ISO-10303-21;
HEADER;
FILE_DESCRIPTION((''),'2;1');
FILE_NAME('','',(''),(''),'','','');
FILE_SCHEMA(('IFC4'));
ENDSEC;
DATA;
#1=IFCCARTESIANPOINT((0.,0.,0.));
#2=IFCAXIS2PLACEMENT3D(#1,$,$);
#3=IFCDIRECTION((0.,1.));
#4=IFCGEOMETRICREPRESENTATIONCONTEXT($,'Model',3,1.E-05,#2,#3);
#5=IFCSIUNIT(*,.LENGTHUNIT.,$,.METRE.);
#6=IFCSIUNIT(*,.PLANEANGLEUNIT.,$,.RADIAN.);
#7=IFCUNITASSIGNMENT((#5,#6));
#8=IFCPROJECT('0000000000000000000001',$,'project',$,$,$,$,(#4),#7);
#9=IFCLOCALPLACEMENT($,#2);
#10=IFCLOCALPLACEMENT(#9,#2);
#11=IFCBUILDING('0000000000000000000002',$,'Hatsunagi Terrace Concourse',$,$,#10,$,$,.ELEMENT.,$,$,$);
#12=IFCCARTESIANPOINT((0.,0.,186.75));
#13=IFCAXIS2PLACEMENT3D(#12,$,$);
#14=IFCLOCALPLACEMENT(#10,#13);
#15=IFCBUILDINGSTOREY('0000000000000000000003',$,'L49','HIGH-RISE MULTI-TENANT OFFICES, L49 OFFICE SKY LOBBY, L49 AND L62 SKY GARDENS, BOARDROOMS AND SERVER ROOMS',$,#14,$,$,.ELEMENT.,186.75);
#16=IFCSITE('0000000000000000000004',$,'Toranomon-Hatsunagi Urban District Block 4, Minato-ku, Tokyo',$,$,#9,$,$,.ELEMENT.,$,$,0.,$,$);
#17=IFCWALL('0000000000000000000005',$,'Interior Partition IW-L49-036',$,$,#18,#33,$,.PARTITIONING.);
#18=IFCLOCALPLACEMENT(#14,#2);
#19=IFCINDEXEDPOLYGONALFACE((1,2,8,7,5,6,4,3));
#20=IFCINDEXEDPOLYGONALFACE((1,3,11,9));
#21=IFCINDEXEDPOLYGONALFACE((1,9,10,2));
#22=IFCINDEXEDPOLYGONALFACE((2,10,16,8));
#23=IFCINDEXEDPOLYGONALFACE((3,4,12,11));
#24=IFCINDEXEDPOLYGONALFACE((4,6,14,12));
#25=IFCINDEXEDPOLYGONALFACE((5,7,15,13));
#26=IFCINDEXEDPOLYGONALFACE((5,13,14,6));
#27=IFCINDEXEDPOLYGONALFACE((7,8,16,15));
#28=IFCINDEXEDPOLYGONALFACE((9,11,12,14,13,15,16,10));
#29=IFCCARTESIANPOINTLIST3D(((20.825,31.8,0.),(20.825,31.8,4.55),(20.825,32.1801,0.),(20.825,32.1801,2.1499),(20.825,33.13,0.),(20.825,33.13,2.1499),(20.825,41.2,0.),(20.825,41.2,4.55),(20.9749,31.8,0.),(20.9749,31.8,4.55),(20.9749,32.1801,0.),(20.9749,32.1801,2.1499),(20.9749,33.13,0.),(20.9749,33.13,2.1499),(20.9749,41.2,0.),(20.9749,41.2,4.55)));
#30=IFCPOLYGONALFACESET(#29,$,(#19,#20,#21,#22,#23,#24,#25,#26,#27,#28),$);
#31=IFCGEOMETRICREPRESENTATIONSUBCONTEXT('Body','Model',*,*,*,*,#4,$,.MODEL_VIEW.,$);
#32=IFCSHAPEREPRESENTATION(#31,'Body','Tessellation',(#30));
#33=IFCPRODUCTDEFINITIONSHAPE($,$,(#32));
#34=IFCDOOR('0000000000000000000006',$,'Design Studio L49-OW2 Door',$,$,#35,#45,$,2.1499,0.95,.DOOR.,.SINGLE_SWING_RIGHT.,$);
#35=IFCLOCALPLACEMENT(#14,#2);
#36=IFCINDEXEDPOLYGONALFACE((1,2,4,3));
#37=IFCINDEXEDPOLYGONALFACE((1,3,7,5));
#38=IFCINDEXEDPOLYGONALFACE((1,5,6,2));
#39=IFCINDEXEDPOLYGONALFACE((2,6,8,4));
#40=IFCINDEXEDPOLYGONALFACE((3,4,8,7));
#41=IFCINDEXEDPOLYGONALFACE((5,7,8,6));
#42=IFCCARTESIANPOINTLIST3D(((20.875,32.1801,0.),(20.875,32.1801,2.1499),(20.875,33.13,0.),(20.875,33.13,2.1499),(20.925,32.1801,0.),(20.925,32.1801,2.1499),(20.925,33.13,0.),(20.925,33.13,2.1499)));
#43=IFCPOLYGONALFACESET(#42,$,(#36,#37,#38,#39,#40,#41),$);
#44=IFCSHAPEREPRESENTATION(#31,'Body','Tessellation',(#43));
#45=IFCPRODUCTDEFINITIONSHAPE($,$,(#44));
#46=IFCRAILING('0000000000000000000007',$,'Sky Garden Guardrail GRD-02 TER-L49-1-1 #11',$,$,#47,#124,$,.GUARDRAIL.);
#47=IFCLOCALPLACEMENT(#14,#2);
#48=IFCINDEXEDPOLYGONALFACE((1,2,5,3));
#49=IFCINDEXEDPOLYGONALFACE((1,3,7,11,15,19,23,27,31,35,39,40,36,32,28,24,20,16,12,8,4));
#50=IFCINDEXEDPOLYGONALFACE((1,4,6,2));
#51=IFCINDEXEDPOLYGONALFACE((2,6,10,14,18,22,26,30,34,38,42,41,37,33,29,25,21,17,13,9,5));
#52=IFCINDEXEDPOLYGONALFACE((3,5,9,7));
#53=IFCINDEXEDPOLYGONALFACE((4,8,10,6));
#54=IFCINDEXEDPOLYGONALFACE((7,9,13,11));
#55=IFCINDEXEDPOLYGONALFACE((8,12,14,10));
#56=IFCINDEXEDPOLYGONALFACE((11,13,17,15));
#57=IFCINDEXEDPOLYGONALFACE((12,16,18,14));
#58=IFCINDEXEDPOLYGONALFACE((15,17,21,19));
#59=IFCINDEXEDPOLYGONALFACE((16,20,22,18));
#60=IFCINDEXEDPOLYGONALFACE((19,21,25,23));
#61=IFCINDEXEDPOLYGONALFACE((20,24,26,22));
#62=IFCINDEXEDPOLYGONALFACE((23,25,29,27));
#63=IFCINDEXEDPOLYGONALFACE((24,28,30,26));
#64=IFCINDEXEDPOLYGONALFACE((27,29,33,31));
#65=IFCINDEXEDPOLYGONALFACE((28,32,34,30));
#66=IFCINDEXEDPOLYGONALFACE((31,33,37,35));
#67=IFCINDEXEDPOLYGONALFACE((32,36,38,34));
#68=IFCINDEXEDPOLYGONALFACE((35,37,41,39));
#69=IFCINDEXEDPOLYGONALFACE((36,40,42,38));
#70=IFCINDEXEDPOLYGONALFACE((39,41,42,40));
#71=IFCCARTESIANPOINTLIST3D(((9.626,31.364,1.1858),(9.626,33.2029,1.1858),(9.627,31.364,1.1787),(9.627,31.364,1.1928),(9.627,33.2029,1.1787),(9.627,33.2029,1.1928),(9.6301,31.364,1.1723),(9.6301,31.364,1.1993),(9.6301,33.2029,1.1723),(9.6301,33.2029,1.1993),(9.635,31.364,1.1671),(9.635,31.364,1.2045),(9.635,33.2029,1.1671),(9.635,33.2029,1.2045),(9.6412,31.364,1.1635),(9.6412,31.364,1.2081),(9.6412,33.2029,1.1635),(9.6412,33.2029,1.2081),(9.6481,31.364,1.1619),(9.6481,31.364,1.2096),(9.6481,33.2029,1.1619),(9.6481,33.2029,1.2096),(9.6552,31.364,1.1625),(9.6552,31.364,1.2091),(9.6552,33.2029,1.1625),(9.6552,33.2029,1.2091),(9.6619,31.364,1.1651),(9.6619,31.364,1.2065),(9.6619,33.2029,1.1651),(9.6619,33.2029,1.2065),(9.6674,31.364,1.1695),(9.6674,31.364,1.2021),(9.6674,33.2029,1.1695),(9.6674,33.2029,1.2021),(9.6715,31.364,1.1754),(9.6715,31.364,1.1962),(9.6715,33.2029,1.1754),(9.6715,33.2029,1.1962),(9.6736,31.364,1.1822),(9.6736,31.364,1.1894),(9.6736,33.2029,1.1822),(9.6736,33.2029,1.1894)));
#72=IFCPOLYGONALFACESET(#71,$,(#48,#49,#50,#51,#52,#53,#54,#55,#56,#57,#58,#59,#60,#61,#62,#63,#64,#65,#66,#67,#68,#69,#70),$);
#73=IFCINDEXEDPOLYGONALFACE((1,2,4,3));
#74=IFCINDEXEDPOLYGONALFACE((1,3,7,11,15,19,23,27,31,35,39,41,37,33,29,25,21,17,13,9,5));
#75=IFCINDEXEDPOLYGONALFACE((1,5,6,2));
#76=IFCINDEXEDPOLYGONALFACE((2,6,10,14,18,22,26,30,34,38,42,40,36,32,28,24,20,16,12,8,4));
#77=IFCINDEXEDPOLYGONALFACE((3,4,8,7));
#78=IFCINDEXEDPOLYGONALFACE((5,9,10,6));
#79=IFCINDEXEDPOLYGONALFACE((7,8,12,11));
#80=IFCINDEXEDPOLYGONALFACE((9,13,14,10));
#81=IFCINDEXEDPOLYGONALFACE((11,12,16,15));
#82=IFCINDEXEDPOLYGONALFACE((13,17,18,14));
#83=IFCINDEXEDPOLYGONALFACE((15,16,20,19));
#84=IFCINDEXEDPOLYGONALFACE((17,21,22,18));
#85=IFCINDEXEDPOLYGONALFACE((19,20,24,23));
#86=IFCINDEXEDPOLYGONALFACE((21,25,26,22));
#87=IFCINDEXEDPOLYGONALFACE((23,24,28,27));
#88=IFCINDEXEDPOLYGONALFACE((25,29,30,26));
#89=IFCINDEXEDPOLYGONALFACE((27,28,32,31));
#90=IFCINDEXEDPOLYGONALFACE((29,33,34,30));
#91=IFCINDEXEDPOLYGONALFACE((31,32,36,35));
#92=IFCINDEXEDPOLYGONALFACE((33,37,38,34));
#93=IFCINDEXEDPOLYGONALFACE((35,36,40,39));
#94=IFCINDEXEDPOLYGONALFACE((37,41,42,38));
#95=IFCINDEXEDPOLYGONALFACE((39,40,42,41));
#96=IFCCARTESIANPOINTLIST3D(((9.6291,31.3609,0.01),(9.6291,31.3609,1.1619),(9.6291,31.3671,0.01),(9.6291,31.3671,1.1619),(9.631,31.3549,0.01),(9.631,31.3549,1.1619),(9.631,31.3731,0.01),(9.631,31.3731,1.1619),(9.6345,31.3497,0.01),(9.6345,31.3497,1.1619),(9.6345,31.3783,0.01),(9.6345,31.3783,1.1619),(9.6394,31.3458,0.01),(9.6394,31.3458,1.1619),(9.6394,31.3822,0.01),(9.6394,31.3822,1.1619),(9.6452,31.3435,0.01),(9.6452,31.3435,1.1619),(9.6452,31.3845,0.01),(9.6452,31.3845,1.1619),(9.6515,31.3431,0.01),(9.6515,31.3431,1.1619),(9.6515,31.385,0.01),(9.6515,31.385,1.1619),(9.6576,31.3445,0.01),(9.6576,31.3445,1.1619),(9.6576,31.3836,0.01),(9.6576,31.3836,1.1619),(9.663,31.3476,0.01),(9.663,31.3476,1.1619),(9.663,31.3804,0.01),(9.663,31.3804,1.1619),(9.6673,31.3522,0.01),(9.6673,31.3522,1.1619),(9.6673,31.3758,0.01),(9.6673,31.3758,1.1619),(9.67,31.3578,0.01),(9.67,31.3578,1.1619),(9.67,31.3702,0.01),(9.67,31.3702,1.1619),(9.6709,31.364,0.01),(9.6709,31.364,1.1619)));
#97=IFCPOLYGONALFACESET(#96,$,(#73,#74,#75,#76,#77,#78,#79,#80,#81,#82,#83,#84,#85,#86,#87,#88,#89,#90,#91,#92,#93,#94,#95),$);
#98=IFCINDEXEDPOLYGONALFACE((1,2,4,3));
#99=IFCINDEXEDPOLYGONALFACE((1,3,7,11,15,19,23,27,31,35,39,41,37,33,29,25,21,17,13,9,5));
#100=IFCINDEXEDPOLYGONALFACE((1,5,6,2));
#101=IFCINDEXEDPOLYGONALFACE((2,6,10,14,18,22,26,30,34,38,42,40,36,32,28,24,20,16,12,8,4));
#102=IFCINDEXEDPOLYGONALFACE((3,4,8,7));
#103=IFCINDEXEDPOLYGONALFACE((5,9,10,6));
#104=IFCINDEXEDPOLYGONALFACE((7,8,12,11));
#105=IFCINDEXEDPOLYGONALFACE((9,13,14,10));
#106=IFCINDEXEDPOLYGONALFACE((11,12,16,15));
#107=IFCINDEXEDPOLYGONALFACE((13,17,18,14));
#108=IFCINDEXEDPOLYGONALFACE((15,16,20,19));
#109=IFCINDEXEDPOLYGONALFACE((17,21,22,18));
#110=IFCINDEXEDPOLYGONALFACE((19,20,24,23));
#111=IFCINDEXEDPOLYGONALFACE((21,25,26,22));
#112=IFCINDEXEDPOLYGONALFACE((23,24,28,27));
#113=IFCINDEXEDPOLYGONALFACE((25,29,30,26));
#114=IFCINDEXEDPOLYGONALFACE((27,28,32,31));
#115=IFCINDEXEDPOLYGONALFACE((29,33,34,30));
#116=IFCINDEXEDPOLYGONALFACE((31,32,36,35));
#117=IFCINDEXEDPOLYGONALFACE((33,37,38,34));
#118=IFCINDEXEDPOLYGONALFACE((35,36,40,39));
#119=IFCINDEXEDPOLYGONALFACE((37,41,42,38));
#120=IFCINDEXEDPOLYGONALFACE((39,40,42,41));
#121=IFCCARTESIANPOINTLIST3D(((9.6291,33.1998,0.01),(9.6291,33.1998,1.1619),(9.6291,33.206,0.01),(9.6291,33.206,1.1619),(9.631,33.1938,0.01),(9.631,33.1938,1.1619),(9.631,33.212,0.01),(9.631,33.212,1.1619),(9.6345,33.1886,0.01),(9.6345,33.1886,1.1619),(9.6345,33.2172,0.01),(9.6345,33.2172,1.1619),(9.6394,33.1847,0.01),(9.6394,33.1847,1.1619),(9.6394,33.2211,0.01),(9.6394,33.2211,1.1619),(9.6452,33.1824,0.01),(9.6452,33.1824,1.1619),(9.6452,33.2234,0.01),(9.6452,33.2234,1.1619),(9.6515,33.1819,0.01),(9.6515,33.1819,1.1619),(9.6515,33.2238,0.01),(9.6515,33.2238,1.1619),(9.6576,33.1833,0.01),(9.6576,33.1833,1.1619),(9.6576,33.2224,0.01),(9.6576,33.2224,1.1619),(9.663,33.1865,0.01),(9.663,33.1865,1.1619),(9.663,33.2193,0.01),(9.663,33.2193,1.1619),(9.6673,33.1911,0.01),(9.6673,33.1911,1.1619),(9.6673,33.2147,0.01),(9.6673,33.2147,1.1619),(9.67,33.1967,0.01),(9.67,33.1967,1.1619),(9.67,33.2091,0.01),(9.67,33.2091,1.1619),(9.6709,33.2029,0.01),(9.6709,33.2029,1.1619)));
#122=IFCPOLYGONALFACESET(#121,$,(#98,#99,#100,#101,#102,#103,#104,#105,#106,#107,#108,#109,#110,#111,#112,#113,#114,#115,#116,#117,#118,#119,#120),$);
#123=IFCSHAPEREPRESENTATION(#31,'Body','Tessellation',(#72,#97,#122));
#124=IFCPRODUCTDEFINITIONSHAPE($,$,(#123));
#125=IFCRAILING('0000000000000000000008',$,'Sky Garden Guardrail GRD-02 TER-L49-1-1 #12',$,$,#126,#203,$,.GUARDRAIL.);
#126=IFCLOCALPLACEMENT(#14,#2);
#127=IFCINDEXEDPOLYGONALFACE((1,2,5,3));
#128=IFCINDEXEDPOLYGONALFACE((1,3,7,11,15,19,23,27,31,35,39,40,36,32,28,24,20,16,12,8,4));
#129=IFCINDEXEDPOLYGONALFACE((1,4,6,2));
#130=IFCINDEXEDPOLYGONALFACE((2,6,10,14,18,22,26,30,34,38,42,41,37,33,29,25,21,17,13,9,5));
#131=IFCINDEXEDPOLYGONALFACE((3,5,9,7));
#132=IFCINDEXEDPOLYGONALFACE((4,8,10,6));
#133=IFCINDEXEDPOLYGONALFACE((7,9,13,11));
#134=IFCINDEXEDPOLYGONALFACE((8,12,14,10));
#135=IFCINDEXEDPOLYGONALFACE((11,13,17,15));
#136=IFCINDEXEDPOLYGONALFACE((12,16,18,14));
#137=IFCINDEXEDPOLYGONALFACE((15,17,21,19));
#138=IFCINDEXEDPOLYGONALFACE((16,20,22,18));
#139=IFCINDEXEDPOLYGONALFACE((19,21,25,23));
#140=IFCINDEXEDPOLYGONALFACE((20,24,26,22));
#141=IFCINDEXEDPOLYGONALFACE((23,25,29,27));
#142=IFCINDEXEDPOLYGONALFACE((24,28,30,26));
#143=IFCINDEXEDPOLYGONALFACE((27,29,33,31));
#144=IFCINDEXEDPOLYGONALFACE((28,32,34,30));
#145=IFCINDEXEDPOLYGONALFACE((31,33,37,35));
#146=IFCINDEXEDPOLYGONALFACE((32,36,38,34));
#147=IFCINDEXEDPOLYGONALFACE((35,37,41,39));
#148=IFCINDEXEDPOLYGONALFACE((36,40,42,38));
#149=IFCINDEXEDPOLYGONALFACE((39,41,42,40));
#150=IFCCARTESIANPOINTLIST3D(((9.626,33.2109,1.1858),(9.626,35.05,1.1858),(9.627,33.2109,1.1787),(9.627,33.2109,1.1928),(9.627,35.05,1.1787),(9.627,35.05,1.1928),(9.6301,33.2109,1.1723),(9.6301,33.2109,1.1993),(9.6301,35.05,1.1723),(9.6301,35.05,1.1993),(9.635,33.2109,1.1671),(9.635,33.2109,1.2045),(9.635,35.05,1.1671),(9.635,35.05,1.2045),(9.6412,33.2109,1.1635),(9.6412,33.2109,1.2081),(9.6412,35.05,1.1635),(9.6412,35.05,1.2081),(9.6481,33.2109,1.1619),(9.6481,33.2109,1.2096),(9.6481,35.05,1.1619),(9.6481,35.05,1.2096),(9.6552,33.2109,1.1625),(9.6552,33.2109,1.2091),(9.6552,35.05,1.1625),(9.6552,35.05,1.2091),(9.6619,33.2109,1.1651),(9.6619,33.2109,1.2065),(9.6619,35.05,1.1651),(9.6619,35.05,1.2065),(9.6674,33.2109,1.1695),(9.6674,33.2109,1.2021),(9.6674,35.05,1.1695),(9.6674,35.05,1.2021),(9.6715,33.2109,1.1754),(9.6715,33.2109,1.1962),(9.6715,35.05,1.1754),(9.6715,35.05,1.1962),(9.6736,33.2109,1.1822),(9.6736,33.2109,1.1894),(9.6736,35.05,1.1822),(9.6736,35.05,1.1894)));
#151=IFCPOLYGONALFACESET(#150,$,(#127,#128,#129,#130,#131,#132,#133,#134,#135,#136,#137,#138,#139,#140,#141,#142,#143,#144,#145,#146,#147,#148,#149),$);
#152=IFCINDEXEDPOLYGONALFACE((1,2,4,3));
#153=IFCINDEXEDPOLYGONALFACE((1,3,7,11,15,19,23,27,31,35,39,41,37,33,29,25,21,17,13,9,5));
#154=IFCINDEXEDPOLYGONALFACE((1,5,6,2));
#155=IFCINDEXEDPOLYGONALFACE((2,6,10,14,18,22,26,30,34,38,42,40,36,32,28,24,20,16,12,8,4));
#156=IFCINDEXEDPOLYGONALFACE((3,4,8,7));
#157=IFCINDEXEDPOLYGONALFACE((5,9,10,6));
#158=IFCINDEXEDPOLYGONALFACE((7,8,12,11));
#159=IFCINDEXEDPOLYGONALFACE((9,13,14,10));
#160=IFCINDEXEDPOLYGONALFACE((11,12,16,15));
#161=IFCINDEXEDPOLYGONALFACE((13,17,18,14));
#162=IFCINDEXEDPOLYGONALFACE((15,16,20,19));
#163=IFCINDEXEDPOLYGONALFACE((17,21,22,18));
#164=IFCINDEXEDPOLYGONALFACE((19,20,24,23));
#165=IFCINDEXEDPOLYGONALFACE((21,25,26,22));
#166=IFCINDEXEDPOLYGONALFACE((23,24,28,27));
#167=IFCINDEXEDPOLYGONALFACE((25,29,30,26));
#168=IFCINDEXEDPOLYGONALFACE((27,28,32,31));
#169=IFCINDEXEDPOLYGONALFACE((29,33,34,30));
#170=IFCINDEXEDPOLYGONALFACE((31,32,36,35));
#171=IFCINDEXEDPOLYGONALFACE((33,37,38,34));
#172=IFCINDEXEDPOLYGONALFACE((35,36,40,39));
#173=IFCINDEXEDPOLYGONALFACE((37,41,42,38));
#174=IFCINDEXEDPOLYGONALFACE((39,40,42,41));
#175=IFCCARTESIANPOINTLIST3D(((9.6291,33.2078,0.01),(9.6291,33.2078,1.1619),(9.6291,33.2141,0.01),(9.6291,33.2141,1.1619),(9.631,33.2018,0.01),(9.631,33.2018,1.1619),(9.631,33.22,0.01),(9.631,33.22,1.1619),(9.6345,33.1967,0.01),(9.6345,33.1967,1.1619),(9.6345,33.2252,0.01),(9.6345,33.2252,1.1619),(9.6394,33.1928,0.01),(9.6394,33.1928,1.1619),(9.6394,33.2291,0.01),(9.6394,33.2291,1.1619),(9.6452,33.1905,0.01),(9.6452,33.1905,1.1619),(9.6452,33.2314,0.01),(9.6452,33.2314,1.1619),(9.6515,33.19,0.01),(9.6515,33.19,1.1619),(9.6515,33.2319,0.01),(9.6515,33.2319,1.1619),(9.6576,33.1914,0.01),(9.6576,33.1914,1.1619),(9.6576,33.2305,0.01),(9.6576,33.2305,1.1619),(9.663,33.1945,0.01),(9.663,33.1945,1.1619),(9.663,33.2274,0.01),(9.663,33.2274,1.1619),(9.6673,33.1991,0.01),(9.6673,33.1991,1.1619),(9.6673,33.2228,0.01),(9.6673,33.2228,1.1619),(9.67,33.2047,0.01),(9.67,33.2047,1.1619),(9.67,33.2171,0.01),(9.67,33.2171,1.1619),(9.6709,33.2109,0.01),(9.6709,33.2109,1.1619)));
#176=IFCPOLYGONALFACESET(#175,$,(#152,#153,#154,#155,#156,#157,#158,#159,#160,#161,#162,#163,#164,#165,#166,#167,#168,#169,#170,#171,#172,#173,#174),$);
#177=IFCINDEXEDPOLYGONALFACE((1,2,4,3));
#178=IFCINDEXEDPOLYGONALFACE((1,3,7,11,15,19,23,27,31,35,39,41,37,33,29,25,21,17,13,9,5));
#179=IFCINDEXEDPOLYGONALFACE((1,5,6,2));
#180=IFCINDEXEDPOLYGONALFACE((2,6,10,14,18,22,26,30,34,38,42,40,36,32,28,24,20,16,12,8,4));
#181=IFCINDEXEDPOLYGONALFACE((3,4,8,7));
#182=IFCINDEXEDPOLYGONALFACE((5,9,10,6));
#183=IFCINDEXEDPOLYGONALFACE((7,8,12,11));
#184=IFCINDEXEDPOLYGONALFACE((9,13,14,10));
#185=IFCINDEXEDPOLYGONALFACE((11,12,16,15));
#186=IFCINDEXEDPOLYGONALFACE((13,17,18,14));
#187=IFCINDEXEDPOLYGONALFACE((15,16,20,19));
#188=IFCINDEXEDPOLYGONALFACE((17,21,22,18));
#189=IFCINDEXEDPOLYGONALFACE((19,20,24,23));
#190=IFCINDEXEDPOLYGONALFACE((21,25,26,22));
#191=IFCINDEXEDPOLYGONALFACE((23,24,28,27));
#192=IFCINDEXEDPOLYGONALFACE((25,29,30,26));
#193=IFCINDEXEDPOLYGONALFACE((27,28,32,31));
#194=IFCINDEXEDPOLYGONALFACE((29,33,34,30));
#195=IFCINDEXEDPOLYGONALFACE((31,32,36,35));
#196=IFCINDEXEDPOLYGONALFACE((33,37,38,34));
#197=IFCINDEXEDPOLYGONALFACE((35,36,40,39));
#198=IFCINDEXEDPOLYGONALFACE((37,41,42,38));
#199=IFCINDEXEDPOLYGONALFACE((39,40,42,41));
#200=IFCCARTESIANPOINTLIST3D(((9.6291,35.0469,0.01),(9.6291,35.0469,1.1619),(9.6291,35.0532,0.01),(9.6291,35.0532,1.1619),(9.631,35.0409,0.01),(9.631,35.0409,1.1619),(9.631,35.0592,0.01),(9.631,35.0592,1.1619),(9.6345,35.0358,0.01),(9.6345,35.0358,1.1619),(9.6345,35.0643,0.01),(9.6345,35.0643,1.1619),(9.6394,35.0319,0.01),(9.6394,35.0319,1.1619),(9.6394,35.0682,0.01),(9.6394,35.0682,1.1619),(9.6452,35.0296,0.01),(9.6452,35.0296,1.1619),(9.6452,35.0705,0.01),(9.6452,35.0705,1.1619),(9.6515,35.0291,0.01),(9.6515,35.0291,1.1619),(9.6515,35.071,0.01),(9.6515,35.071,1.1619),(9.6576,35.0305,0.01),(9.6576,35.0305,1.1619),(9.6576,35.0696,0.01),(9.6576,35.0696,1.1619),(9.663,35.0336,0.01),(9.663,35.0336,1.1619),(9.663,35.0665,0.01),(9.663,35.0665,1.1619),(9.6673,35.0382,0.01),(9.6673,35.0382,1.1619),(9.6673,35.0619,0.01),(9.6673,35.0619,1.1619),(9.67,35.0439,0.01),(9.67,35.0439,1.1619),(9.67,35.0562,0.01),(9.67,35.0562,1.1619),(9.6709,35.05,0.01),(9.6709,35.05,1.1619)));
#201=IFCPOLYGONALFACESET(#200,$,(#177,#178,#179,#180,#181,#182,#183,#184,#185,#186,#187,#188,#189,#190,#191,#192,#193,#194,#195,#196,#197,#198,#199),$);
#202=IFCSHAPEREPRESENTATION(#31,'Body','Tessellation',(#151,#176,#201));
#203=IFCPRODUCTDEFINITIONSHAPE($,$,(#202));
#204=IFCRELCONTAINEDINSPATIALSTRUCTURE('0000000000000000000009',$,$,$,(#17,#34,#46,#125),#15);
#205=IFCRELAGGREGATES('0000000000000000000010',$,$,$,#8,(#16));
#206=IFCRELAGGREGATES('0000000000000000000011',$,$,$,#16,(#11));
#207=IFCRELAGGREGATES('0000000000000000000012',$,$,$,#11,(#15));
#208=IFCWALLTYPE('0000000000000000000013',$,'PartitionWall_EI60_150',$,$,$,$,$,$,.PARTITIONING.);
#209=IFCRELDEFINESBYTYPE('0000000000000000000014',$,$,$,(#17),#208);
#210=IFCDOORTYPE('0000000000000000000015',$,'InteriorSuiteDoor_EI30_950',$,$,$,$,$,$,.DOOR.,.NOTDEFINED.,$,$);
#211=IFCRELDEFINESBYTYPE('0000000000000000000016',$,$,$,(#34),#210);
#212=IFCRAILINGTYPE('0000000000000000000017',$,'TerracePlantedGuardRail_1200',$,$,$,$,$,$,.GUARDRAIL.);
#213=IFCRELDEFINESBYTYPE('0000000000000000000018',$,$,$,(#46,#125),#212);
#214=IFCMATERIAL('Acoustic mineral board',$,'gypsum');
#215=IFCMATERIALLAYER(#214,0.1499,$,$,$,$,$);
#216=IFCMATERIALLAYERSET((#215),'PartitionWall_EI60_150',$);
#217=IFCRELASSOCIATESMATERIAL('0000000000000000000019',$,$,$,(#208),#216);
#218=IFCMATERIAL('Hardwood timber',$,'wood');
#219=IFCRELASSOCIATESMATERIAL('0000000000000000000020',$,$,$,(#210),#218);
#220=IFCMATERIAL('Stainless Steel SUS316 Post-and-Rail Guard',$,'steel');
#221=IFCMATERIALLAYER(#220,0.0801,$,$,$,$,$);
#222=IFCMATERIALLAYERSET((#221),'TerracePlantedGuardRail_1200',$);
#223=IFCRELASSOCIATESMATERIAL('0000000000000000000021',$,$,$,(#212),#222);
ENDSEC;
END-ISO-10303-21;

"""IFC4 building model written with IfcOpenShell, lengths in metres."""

from ifc_helpers import new_model, si_unit, direction, frame, frame_2d, origin, origin_2d, place, context, subcontext, project, spatial, rectangle, circle, extrude, material, layer, layer_set, type_object, element, fill, save


model = new_model("IFC4")

# Units and contexts
model_context = context("Model", 3, precision=1e-05, world=origin(), true_north=direction((0.0, 1.0)))
body_context = subcontext(model_context, "Body", "Model", "MODEL_VIEW")
ifc_project = project(units=[si_unit("LENGTHUNIT", "METRE"), si_unit("PLANEANGLEUNIT", "RADIAN")], contexts=[model_context])

# Site, building, storey
site_placement = place(None, origin())
site = spatial("IfcSite", under=ifc_project, at=site_placement, Name="Toranomon-Hatsunagi Urban District Block 4, Minato-ku, Tokyo", CompositionType="ELEMENT", RefElevation=0.0)
building_placement = place(site_placement, origin())
building = spatial("IfcBuilding", under=site, at=building_placement, Name="Hatsunagi Terrace Concourse", CompositionType="ELEMENT")
storey_placement = place(building_placement, frame((0.0, 0.0, 186.75)))
storey = spatial("IfcBuildingStorey", under=building, at=storey_placement, Name="L49", Description="HIGH-RISE MULTI-TENANT OFFICES, L49 OFFICE SKY LOBBY, L49 AND L62 SKY GARDENS, BOARDROOMS AND SERVER ROOMS", CompositionType="ELEMENT", Elevation=186.75)

# Shared definitions
ifc_material_1 = material(Name="Acoustic mineral board", Category="gypsum")
ifc_layer_1 = layer(ifc_material_1, 0.1499)
ifc_layer_set_1 = layer_set([ifc_layer_1], Name="PartitionWall_EI60_150")
wall_type = type_object("IfcWallType", Name="PartitionWall_EI60_150", PredefinedType="PARTITIONING", material=ifc_layer_set_1)

# Wall, opening, door
wall_1_placement = place(storey_placement, frame((20.8999, 31.8, 0.0), z_axis=(0.0, 0.0, 1.0), x_axis=(0.0, 1.0, 0.0)))
wall_1 = element("IfcWall", 1, at=wall_1_placement, inside=storey, type_object=wall_type, Name="Interior Partition IW-L49-036", PredefinedType="PARTITIONING", context=body_context, shape_type="SweptSolid", body=[
    extrude(rectangle(XDim=9.3999, YDim=0.1499, at=frame_2d((4.7, 0.0))), origin(), (0.0, 0.0, 1.0), 4.55),
])
opening_1_placement = place(wall_1_placement, frame((0.3799, 0.0, 0.0)))
opening_1 = element("IfcOpeningElement", 2, at=opening_1_placement, cuts=wall_1, PredefinedType="OPENING", context=body_context, shape_type="SweptSolid", body=[
    extrude(rectangle(XDim=0.95, YDim=2.1499, at=frame_2d((0.4751, 1.075))), frame((0.0, 0.085, 0.0), z_axis=(0.0, -1.0, 0.0), x_axis=(1.0, 0.0, 0.0)), (0.0, 0.0, 1.0), 0.1699),
])
ifc_material_2 = material(Name="Hardwood timber", Category="wood")
door_type_1 = type_object("IfcDoorType", Name="InteriorSuiteDoor_EI30_950", OperationType="NOTDEFINED", PredefinedType="DOOR", material=ifc_material_2)
door_1_placement = place(opening_1_placement, origin())
door_1 = element("IfcDoor", 3, at=door_1_placement, inside=storey, type_object=door_type_1, Name="Design Studio L49-OW2 Door", OperationType="SINGLE_SWING_RIGHT", OverallHeight=2.1499, OverallWidth=0.95, PredefinedType="DOOR", context=body_context, shape_type="SweptSolid", body=[
    extrude(rectangle(XDim=0.95, YDim=2.1499, at=frame_2d((0.4751, 1.075))), frame((0.0, 0.0249, 0.0), z_axis=(0.0, -1.0, 0.0), x_axis=(1.0, 0.0, 0.0)), (0.0, 0.0, 1.0), 0.05),
])
fill(opening_1, door_1)

# Railings
ifc_material_3 = material(Name="Stainless Steel SUS316 Post-and-Rail Guard", Category="steel")
ifc_layer_2 = layer(ifc_material_3, 0.0801)
ifc_layer_set_2 = layer_set([ifc_layer_2], Name="TerracePlantedGuardRail_1200")
railing_type = type_object("IfcRailingType", Name="TerracePlantedGuardRail_1200", PredefinedType="GUARDRAIL", material=ifc_layer_set_2)
railing_1_placement = place(storey_placement, frame((9.6499, 31.364, 0.01)))
element("IfcRailing", 4, at=railing_1_placement, inside=storey, type_object=railing_type, Name="Sky Garden Guardrail GRD-02 TER-L49-1-1 #11", PredefinedType="GUARDRAIL", context=body_context, shape_type="SweptSolid", body=[
    extrude(circle(Radius=0.0239, at=origin_2d()), frame((0.0, 0.0, 1.1758), z_axis=(0.0, 1.0, 0.0), x_axis=(-1.0, 0.0, 0.0)), (0.0, 0.0, 1.0), 1.8389),
    extrude(circle(Radius=0.021, at=origin_2d()), origin(), (0.0, 0.0, 1.0), 1.1519),
    extrude(circle(Radius=0.021, at=origin_2d()), frame((0.0, 1.8389, 0.0)), (0.0, 0.0, 1.0), 1.1519),
])
railing_2_placement = place(storey_placement, frame((9.6499, 33.2109, 0.01)))
element("IfcRailing", 5, at=railing_2_placement, inside=storey, type_object=railing_type, Name="Sky Garden Guardrail GRD-02 TER-L49-1-1 #12", PredefinedType="GUARDRAIL", context=body_context, shape_type="SweptSolid", body=[
    extrude(circle(Radius=0.0239, at=origin_2d()), frame((0.0, 0.0, 1.1758), z_axis=(0.0, 1.0, 0.0), x_axis=(-1.0, 0.0, 0.0)), (0.0, 0.0, 1.0), 1.8391),
    extrude(circle(Radius=0.021, at=origin_2d()), origin(), (0.0, 0.0, 1.0), 1.1519),
    extrude(circle(Radius=0.021, at=origin_2d()), frame((0.0, 1.8391, 0.0)), (0.0, 0.0, 1.0), 1.1519),
])

save(model, "model.ifc")
